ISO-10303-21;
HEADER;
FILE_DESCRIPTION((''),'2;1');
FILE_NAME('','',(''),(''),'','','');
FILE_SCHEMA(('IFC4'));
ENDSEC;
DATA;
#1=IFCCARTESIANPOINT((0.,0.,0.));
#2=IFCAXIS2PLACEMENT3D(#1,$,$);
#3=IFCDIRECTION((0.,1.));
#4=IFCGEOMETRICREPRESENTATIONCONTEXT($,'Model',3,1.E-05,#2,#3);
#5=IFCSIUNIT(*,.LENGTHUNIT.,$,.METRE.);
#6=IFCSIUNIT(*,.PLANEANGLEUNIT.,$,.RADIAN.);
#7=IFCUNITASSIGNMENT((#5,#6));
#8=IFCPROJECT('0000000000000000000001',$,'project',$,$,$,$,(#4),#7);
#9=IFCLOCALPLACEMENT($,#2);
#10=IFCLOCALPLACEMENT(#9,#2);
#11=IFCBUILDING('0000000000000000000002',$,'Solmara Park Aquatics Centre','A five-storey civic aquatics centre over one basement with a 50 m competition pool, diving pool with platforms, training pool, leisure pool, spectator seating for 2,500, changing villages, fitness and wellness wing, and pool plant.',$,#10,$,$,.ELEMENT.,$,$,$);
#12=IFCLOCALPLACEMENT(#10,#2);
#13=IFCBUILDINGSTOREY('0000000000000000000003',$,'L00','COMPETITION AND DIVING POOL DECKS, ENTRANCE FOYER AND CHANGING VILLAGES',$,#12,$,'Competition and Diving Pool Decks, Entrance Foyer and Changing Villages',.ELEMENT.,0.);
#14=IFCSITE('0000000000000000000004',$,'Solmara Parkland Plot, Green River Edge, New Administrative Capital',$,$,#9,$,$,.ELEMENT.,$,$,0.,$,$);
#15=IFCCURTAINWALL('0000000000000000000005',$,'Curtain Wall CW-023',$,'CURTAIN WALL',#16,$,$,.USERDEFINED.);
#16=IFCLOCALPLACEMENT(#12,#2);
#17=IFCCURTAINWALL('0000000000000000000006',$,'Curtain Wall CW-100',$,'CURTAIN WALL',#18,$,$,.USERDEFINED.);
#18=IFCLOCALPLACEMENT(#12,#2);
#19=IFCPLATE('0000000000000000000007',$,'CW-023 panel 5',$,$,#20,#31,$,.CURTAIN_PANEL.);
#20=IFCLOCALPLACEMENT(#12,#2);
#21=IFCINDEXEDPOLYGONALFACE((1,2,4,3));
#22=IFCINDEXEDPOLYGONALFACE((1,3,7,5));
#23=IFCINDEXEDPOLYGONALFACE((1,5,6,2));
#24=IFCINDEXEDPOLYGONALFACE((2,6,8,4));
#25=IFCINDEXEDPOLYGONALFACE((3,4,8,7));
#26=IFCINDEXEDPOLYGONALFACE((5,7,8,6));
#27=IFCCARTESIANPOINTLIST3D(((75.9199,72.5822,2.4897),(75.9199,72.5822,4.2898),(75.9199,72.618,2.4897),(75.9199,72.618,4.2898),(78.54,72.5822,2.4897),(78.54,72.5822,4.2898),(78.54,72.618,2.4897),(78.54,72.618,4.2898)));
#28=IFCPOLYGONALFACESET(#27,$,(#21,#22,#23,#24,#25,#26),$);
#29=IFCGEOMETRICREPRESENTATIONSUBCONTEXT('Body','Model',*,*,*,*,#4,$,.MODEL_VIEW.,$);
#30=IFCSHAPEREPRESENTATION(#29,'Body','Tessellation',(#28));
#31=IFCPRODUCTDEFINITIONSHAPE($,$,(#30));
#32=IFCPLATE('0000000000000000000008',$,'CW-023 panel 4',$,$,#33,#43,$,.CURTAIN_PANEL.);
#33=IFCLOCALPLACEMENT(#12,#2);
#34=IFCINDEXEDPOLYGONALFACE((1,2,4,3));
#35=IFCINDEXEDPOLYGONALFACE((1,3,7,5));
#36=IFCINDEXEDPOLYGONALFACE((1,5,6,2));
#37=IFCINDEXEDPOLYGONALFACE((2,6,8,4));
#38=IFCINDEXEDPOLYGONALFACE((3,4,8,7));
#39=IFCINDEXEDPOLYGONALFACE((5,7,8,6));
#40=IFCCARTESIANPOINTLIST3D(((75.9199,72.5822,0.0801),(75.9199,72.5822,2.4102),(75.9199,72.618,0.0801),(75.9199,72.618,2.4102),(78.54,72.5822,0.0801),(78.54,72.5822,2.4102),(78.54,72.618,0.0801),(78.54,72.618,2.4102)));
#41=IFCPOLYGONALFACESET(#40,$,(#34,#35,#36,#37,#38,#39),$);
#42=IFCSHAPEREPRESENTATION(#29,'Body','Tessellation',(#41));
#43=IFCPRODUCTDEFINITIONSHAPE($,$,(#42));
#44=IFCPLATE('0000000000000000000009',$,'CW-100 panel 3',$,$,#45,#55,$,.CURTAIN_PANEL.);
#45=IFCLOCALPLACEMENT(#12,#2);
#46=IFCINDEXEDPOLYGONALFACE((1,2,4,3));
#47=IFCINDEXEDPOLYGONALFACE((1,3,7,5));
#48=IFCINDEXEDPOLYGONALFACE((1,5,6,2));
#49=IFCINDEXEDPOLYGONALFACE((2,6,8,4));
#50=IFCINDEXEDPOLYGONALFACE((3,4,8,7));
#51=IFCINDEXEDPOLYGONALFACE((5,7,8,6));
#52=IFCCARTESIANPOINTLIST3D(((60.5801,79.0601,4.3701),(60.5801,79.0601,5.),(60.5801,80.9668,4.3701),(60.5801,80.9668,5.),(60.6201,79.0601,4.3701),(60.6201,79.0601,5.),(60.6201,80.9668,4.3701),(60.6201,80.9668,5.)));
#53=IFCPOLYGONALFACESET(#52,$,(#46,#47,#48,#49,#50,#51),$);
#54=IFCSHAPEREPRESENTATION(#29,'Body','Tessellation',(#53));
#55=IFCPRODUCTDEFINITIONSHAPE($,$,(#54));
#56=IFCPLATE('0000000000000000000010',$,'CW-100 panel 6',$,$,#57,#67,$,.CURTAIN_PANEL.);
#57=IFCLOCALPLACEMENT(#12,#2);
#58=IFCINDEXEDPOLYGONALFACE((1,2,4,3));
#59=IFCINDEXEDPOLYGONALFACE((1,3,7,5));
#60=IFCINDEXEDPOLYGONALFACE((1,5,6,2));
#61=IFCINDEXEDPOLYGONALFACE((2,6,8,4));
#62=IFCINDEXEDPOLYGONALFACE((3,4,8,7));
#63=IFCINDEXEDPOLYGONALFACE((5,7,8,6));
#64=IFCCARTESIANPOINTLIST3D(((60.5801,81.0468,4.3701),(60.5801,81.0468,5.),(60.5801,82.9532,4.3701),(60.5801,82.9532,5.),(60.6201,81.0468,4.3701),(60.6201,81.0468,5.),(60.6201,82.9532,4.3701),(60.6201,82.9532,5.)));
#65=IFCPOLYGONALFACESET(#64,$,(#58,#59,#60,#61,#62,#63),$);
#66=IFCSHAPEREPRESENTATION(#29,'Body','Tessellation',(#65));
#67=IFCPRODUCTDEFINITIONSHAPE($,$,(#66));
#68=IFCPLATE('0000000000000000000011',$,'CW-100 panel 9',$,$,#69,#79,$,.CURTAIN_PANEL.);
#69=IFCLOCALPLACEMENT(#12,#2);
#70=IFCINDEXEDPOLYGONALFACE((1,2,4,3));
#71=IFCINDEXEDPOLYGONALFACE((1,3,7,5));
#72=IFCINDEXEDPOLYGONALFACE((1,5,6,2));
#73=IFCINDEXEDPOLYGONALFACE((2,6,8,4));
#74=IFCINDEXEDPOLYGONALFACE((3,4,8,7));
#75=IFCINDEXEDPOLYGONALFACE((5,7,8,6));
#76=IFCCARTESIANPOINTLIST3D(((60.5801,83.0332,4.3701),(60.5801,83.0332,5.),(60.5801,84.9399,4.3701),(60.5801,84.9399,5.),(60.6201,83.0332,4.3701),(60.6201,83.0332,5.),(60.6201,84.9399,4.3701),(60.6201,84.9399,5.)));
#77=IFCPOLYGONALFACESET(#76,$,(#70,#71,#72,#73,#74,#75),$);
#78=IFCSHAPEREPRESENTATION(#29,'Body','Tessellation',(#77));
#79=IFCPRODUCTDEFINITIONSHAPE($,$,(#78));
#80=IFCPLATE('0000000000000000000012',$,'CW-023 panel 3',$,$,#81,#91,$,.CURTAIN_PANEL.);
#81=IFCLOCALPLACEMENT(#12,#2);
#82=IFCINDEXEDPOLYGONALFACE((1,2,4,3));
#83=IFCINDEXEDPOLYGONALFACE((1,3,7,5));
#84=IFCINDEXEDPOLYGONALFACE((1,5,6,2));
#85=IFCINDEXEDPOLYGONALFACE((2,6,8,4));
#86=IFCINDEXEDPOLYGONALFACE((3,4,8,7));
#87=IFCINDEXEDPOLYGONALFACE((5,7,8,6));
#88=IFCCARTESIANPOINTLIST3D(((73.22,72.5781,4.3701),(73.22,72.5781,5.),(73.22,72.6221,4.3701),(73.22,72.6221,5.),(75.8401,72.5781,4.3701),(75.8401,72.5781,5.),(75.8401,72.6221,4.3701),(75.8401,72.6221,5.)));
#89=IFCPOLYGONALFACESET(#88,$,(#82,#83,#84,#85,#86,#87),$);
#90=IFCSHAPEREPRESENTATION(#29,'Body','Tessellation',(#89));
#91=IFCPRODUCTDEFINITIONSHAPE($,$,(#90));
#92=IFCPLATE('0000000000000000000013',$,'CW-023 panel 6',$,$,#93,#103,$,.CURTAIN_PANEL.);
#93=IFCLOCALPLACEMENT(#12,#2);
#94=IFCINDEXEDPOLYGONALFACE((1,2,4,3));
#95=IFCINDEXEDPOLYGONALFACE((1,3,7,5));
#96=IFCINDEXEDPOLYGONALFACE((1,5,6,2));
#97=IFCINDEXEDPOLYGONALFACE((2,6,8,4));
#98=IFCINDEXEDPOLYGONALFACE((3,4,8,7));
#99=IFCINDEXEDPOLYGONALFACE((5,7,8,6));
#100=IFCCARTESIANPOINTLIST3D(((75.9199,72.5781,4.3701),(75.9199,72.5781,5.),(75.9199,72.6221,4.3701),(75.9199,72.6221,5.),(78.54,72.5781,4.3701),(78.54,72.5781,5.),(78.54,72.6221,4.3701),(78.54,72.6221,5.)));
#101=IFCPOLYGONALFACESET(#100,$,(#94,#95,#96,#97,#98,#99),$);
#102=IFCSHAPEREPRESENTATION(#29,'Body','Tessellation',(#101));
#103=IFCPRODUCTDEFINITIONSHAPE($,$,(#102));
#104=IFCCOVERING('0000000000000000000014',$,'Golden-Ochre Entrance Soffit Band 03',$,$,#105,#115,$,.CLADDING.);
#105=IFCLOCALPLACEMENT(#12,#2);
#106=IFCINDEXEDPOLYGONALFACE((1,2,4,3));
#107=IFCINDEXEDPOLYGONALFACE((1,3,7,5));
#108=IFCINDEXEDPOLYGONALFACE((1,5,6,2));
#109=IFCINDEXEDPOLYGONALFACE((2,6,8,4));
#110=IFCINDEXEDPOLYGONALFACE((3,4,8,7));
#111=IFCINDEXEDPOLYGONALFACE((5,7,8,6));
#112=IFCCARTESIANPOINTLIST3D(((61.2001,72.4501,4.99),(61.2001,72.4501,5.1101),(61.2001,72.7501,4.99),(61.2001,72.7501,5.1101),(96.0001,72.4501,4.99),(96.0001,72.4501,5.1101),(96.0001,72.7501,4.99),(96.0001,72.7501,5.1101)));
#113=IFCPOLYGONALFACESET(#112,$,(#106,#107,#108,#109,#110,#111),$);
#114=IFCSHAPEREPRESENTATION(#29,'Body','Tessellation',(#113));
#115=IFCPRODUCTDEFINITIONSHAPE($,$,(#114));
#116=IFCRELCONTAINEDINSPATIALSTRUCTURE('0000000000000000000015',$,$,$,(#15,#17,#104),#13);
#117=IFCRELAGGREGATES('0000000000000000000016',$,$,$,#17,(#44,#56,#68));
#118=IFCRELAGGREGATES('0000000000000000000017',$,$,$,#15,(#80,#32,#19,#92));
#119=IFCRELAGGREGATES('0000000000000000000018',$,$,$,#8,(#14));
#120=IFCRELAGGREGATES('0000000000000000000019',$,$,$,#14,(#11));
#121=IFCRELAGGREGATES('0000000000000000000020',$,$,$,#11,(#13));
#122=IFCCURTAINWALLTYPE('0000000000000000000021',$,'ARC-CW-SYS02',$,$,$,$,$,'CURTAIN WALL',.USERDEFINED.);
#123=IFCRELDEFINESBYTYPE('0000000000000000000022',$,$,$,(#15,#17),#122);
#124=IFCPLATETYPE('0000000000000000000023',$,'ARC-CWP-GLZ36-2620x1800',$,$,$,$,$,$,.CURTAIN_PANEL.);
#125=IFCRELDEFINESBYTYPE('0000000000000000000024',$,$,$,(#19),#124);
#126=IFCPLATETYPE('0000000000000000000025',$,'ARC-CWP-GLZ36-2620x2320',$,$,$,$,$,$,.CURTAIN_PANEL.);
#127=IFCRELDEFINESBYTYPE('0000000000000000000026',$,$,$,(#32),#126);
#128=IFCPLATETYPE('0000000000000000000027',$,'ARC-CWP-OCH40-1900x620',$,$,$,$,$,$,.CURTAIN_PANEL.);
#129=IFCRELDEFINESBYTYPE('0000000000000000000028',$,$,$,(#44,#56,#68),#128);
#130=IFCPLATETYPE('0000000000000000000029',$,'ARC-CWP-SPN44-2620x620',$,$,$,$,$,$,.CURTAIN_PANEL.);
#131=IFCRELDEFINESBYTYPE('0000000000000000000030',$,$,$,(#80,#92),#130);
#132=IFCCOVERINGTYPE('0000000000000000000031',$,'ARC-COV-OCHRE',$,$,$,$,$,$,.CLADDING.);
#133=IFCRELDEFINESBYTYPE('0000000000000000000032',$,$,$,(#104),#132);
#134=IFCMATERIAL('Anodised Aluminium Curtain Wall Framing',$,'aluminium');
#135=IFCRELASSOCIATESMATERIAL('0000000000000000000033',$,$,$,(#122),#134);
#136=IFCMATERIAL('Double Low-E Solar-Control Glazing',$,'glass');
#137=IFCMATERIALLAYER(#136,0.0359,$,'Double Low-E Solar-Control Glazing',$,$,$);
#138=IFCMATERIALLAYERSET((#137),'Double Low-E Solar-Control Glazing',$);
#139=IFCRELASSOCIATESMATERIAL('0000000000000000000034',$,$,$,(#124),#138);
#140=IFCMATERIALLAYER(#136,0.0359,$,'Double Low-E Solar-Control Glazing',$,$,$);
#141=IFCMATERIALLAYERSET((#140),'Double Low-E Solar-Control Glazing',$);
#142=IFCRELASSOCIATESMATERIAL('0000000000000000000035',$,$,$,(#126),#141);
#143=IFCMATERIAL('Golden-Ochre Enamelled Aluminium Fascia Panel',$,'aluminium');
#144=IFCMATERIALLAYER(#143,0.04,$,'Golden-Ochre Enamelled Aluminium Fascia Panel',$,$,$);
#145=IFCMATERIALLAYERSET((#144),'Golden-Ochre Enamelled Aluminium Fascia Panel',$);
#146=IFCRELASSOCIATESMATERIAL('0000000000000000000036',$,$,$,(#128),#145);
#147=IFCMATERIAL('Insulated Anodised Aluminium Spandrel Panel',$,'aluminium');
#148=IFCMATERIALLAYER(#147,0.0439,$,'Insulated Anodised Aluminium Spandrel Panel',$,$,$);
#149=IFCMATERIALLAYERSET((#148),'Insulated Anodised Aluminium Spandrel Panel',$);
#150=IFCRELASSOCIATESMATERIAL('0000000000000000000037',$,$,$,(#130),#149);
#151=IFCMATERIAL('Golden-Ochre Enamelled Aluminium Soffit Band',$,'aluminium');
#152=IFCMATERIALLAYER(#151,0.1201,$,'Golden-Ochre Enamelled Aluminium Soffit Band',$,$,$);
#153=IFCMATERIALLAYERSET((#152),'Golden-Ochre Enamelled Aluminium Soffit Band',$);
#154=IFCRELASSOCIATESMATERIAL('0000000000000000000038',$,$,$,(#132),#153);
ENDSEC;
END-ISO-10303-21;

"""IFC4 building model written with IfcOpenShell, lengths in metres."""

from ifc_helpers import new_model, si_unit, direction, frame, origin, origin_2d, place, context, subcontext, project, spatial, rectangle, extrude, material, layer, layer_set, type_object, element, aggregate, save


model = new_model("IFC4")

# Units and contexts
model_context = context("Model", 3, precision=1e-05, world=origin(), true_north=direction((0.0, 1.0)))
body_context = subcontext(model_context, "Body", "Model", "MODEL_VIEW")
ifc_project = project(units=[si_unit("LENGTHUNIT", "METRE"), si_unit("PLANEANGLEUNIT", "RADIAN")], contexts=[model_context])

# Site, building, storey
site_placement = place(None, origin())
site = spatial("IfcSite", under=ifc_project, at=site_placement, Name="Solmara Parkland Plot, Green River Edge, New Administrative Capital", CompositionType="ELEMENT", RefElevation=0.0)
building_placement = place(site_placement, origin())
building = spatial("IfcBuilding", under=site, at=building_placement, Name="Solmara Park Aquatics Centre", Description="A five-storey civic aquatics centre over one basement with a 50 m competition pool, diving pool with platforms, training pool, leisure pool, spectator seating for 2,500, changing villages, fitness and wellness wing, and pool plant.", CompositionType="ELEMENT")
storey_placement = place(building_placement, origin())
storey = spatial("IfcBuildingStorey", under=building, at=storey_placement, Name="L00", Description="COMPETITION AND DIVING POOL DECKS, ENTRANCE FOYER AND CHANGING VILLAGES", LongName="Competition and Diving Pool Decks, Entrance Foyer and Changing Villages", CompositionType="ELEMENT", Elevation=0.0)

# Curtain walls
ifc_material_1 = material(Name="Anodised Aluminium Curtain Wall Framing", Category="aluminium")
curtain_wall_type = type_object("IfcCurtainWallType", Name="ARC-CW-SYS02", ElementType="CURTAIN WALL", PredefinedType="USERDEFINED", material=ifc_material_1)
curtain_wall_1_placement = place(storey_placement, origin())
curtain_wall_1 = element("IfcCurtainWall", 1, at=curtain_wall_1_placement, inside=storey, type_object=curtain_wall_type, Name="Curtain Wall CW-023", ObjectType="CURTAIN WALL", PredefinedType="USERDEFINED")
curtain_wall_2_placement = place(storey_placement, origin())
curtain_wall_2 = element("IfcCurtainWall", 2, at=curtain_wall_2_placement, inside=storey, type_object=curtain_wall_type, Name="Curtain Wall CW-100", ObjectType="CURTAIN WALL", PredefinedType="USERDEFINED")

# Plates
ifc_material_2 = material(Name="Double Low-E Solar-Control Glazing", Category="glass")
ifc_layer_1 = layer(ifc_material_2, 0.0359, Name="Double Low-E Solar-Control Glazing")
ifc_layer_set_1 = layer_set([ifc_layer_1], Name="Double Low-E Solar-Control Glazing")
plate_type_1 = type_object("IfcPlateType", Name="ARC-CWP-GLZ36-2620x1800", PredefinedType="CURTAIN_PANEL", material=ifc_layer_set_1)
plate_1_placement = place(storey_placement, frame((77.23, 72.6001, 2.4897), z_axis=(0.0, 0.0, 1.0), x_axis=(1.0, 0.0, 0.0)))
plate_1 = element("IfcPlate", 3, at=plate_1_placement, type_object=plate_type_1, Name="CW-023 panel 5", PredefinedType="CURTAIN_PANEL", context=body_context, shape_type="SweptSolid", body=[
    extrude(rectangle(XDim=2.6201, YDim=0.0359, at=origin_2d()), origin(), (0.0, 0.0, 1.0), 1.8),
])
ifc_layer_2 = layer(ifc_material_2, 0.0359, Name="Double Low-E Solar-Control Glazing")
ifc_layer_set_2 = layer_set([ifc_layer_2], Name="Double Low-E Solar-Control Glazing")
plate_type_2 = type_object("IfcPlateType", Name="ARC-CWP-GLZ36-2620x2320", PredefinedType="CURTAIN_PANEL", material=ifc_layer_set_2)
plate_2_placement = place(storey_placement, frame((77.23, 72.6001, 0.0801), z_axis=(0.0, 0.0, 1.0), x_axis=(1.0, 0.0, 0.0)))
plate_2 = element("IfcPlate", 4, at=plate_2_placement, type_object=plate_type_2, Name="CW-023 panel 4", PredefinedType="CURTAIN_PANEL", context=body_context, shape_type="SweptSolid", body=[
    extrude(rectangle(XDim=2.6201, YDim=0.0359, at=origin_2d()), origin(), (0.0, 0.0, 1.0), 2.3301),
])
ifc_material_3 = material(Name="Golden-Ochre Enamelled Aluminium Fascia Panel", Category="aluminium")
ifc_layer_3 = layer(ifc_material_3, 0.04, Name="Golden-Ochre Enamelled Aluminium Fascia Panel")
ifc_layer_set_3 = layer_set([ifc_layer_3], Name="Golden-Ochre Enamelled Aluminium Fascia Panel")
plate_type_3 = type_object("IfcPlateType", Name="ARC-CWP-OCH40-1900x620", PredefinedType="CURTAIN_PANEL", material=ifc_layer_set_3)
plate_3_placement = place(storey_placement, frame((60.6001, 80.0134, 4.3701), z_axis=(0.0, 0.0, 1.0), x_axis=(0.0, 1.0, 0.0)))
plate_3 = element("IfcPlate", 5, at=plate_3_placement, type_object=plate_type_3, Name="CW-100 panel 3", PredefinedType="CURTAIN_PANEL", context=body_context, shape_type="SweptSolid", body=[
    extrude(rectangle(XDim=1.9067, YDim=0.04, at=origin_2d()), origin(), (0.0, 0.0, 1.0), 0.6299),
])
plate_4_placement = place(storey_placement, frame((60.6001, 82.0, 4.3701), z_axis=(0.0, 0.0, 1.0), x_axis=(0.0, 1.0, 0.0)))
plate_4 = element("IfcPlate", 6, at=plate_4_placement, type_object=plate_type_3, Name="CW-100 panel 6", PredefinedType="CURTAIN_PANEL", context=body_context, shape_type="SweptSolid", body=[
    extrude(rectangle(XDim=1.9065, YDim=0.04, at=origin_2d()), origin(), (0.0, 0.0, 1.0), 0.6299),
])
plate_5_placement = place(storey_placement, frame((60.6001, 83.9866, 4.3701), z_axis=(0.0, 0.0, 1.0), x_axis=(0.0, 1.0, 0.0)))
plate_5 = element("IfcPlate", 7, at=plate_5_placement, type_object=plate_type_3, Name="CW-100 panel 9", PredefinedType="CURTAIN_PANEL", context=body_context, shape_type="SweptSolid", body=[
    extrude(rectangle(XDim=1.9067, YDim=0.04, at=origin_2d()), origin(), (0.0, 0.0, 1.0), 0.6299),
])
aggregate(curtain_wall_2, [plate_3, plate_4, plate_5])
ifc_material_4 = material(Name="Insulated Anodised Aluminium Spandrel Panel", Category="aluminium")
ifc_layer_4 = layer(ifc_material_4, 0.0439, Name="Insulated Anodised Aluminium Spandrel Panel")
ifc_layer_set_4 = layer_set([ifc_layer_4], Name="Insulated Anodised Aluminium Spandrel Panel")
plate_type_4 = type_object("IfcPlateType", Name="ARC-CWP-SPN44-2620x620", PredefinedType="CURTAIN_PANEL", material=ifc_layer_set_4)
plate_6_placement = place(storey_placement, frame((74.53, 72.6001, 4.3701), z_axis=(0.0, 0.0, 1.0), x_axis=(1.0, 0.0, 0.0)))
plate_6 = element("IfcPlate", 8, at=plate_6_placement, type_object=plate_type_4, Name="CW-023 panel 3", PredefinedType="CURTAIN_PANEL", context=body_context, shape_type="SweptSolid", body=[
    extrude(rectangle(XDim=2.6201, YDim=0.0439, at=origin_2d()), origin(), (0.0, 0.0, 1.0), 0.6299),
])
plate_7_placement = place(storey_placement, frame((77.23, 72.6001, 4.3701), z_axis=(0.0, 0.0, 1.0), x_axis=(1.0, 0.0, 0.0)))
plate_7 = element("IfcPlate", 9, at=plate_7_placement, type_object=plate_type_4, Name="CW-023 panel 6", PredefinedType="CURTAIN_PANEL", context=body_context, shape_type="SweptSolid", body=[
    extrude(rectangle(XDim=2.6201, YDim=0.0439, at=origin_2d()), origin(), (0.0, 0.0, 1.0), 0.6299),
])
aggregate(curtain_wall_1, [plate_6, plate_2, plate_1, plate_7])

# Covering
ifc_material_5 = material(Name="Golden-Ochre Enamelled Aluminium Soffit Band", Category="aluminium")
ifc_layer_5 = layer(ifc_material_5, 0.1201, Name="Golden-Ochre Enamelled Aluminium Soffit Band")
ifc_layer_set_5 = layer_set([ifc_layer_5], Name="Golden-Ochre Enamelled Aluminium Soffit Band")
covering_type = type_object("IfcCoveringType", Name="ARC-COV-OCHRE", PredefinedType="CLADDING", material=ifc_layer_set_5)
covering_placement = place(storey_placement, frame((78.6001, 72.6001, 4.99), z_axis=(0.0, 0.0, 1.0), x_axis=(1.0, 0.0, 0.0)))
element("IfcCovering", 10, at=covering_placement, inside=storey, type_object=covering_type, Name="Golden-Ochre Entrance Soffit Band 03", PredefinedType="CLADDING", context=body_context, shape_type="SweptSolid", body=[
    extrude(rectangle(XDim=34.8, YDim=0.3, at=origin_2d()), origin(), (0.0, 0.0, 1.0), 0.1201),
])

save(model, "model.ifc")
